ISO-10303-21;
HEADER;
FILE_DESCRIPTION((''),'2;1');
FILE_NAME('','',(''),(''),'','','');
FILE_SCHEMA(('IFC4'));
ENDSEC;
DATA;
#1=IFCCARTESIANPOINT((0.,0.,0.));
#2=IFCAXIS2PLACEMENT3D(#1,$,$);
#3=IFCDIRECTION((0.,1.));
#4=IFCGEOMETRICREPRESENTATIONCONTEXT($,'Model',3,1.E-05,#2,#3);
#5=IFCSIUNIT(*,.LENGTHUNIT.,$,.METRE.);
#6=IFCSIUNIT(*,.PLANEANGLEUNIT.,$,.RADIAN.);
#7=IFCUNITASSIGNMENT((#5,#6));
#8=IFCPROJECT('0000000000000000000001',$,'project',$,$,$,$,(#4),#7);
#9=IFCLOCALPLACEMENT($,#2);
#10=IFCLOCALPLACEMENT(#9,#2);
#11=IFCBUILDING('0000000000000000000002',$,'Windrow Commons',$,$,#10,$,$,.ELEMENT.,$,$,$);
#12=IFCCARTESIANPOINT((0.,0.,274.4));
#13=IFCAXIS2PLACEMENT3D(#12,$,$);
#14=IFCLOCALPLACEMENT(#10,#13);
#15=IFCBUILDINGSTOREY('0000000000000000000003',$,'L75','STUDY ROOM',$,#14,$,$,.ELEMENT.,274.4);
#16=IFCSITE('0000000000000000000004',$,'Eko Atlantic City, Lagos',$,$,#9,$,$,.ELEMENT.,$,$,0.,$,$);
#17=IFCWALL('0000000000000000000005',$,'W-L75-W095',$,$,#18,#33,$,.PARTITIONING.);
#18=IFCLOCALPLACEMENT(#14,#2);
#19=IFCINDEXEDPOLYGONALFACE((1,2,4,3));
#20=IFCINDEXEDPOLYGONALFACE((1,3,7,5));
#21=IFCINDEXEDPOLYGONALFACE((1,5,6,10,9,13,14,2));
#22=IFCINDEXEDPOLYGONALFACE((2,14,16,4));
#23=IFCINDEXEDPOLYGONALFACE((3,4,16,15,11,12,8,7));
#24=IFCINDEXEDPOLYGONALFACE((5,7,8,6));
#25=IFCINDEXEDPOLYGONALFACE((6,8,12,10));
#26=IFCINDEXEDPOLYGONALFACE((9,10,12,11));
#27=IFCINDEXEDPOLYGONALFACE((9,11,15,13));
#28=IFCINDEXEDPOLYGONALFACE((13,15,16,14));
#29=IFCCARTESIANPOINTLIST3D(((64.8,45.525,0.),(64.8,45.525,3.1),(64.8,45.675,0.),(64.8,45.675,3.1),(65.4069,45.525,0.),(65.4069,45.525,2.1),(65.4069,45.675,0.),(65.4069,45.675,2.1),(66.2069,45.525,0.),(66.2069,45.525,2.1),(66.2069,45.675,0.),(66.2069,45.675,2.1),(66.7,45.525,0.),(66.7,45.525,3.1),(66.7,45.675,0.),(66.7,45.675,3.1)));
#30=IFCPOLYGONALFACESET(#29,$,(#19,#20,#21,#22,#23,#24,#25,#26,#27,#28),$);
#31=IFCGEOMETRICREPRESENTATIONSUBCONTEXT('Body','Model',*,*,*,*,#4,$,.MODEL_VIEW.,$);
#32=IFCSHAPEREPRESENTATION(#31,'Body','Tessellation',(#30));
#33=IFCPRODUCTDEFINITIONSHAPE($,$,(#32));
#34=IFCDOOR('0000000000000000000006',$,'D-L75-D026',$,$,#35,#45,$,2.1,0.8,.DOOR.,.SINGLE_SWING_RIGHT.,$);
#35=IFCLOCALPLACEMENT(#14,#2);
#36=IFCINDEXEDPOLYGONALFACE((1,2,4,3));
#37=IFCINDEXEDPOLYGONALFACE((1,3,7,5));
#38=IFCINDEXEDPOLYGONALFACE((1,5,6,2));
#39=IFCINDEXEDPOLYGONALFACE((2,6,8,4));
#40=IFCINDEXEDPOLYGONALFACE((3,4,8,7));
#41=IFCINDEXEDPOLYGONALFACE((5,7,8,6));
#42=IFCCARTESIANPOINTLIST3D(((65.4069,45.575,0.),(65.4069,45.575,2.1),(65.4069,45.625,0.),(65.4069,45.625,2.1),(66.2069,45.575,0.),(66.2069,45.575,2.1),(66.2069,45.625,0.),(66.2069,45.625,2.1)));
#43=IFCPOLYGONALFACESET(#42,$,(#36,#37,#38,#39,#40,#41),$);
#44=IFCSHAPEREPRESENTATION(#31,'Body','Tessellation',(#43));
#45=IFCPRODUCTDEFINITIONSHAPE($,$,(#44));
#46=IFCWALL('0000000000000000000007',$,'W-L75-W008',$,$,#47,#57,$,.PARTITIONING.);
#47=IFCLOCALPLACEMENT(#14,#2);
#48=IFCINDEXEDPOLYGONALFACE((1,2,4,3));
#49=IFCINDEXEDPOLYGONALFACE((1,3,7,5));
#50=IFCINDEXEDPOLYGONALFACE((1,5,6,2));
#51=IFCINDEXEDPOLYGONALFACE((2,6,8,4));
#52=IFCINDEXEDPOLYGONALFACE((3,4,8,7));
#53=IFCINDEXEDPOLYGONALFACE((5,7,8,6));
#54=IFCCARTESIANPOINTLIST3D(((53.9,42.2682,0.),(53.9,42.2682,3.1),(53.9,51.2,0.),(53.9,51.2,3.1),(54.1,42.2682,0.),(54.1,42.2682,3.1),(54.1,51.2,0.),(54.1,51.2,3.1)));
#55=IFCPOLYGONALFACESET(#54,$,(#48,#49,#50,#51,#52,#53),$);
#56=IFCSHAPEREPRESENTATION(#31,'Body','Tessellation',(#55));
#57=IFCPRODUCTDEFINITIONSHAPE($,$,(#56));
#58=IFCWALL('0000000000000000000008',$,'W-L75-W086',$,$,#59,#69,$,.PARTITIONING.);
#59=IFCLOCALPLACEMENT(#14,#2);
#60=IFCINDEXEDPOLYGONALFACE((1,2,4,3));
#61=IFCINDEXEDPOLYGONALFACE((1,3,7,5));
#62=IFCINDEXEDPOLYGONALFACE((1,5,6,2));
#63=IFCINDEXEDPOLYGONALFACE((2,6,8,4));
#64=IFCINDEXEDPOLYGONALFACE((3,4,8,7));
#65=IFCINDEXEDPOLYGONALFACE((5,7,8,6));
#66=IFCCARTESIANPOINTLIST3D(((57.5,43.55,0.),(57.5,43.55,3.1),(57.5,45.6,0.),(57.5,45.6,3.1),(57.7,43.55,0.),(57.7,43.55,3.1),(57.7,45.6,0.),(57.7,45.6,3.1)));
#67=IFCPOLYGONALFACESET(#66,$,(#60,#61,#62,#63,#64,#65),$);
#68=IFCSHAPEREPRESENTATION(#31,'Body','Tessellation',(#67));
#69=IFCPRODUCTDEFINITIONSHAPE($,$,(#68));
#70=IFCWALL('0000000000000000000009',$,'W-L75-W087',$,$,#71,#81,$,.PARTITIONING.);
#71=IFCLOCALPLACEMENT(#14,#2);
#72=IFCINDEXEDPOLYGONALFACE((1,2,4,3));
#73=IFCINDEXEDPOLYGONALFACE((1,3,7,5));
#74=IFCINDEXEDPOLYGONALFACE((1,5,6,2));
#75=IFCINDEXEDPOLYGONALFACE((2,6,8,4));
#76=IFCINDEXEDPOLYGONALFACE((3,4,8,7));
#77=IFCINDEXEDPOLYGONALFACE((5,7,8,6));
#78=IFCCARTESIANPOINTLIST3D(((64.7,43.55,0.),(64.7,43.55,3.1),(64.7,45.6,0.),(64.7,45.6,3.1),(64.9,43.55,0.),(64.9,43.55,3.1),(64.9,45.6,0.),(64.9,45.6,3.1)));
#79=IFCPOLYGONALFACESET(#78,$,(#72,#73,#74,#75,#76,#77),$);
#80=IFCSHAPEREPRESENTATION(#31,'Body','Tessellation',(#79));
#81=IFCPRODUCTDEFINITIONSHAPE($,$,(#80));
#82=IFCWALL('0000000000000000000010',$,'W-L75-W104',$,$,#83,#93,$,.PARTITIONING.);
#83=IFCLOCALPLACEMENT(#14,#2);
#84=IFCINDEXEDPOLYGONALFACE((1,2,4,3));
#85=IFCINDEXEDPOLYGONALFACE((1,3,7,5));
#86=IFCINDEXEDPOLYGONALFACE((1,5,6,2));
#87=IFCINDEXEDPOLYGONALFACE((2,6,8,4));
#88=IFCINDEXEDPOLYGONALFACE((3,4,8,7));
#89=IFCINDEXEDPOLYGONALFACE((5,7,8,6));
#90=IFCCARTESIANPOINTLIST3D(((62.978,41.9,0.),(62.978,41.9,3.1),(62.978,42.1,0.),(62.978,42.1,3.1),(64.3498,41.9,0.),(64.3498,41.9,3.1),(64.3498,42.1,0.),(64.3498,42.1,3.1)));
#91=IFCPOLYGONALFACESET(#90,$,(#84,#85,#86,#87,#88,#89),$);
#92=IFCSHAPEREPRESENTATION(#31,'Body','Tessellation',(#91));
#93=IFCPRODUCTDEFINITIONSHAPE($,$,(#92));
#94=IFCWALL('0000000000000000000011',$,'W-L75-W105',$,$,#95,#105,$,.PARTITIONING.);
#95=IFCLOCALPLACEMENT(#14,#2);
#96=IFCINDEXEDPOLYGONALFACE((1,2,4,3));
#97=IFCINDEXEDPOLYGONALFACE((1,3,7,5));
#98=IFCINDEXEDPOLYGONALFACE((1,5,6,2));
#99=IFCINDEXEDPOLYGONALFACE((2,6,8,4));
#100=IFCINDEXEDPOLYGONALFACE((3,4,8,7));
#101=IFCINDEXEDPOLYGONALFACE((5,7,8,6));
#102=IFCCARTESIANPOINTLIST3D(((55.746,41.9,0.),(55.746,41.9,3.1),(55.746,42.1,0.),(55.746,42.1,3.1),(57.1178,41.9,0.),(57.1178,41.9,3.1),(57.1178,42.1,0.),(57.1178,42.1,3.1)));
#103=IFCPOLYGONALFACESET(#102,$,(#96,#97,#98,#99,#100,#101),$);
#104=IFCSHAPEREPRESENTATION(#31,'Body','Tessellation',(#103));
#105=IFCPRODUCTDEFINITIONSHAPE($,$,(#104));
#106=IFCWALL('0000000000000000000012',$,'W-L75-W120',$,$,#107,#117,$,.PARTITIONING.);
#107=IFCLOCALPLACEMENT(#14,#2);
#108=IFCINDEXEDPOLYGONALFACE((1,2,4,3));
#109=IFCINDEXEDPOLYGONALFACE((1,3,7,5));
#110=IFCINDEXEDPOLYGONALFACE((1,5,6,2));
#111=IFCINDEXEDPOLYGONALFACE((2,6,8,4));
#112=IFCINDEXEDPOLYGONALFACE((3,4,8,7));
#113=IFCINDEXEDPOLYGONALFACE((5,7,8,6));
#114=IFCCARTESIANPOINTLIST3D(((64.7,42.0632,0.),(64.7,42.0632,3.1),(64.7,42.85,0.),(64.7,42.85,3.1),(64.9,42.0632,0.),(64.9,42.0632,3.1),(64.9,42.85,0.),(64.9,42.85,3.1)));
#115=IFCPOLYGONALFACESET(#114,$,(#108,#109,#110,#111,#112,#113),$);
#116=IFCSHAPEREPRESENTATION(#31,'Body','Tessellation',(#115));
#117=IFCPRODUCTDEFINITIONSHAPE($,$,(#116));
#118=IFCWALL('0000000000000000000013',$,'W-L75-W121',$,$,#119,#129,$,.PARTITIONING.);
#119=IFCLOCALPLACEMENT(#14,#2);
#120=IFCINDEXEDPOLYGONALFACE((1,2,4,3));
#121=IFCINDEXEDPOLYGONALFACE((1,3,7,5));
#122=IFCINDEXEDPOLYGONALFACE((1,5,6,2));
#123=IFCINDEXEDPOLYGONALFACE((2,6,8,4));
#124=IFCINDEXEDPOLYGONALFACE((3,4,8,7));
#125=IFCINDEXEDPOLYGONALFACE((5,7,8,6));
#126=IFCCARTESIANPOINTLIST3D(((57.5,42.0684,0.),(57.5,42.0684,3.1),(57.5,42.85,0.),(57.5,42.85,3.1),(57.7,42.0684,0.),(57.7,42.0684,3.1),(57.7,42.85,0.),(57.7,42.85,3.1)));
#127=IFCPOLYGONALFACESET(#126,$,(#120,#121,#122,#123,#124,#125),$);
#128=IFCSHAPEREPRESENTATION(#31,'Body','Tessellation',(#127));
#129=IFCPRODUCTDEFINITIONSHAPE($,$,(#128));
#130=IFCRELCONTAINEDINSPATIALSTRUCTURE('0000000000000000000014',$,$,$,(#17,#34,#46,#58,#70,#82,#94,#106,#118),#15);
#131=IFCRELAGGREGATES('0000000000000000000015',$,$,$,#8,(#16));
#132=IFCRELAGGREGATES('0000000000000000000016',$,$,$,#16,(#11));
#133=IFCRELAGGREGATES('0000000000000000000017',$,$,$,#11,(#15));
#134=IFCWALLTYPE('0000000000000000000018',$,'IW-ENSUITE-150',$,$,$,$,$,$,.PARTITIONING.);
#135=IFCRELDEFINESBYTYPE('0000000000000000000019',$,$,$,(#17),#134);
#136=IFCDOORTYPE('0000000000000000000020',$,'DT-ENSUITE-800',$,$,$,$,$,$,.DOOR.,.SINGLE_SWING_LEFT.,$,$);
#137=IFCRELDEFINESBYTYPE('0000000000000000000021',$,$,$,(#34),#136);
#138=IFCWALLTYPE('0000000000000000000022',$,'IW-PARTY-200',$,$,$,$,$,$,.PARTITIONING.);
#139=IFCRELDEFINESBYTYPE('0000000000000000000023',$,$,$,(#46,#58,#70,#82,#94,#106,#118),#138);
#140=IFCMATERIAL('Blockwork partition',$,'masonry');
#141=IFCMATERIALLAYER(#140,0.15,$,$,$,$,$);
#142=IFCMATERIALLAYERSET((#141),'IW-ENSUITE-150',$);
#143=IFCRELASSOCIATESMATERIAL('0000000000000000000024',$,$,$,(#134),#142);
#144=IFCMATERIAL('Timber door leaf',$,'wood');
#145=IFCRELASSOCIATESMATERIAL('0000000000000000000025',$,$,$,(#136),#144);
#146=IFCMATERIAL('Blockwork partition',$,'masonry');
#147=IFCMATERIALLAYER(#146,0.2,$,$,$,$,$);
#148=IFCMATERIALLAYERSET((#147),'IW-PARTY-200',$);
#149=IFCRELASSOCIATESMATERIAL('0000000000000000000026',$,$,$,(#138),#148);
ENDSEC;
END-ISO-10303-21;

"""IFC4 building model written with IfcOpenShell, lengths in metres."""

from ifc_helpers import new_model, si_unit, direction, frame, frame_2d, origin, place, context, subcontext, project, spatial, rectangle, extrude, material, layer, layer_set, type_object, element, fill, save


model = new_model("IFC4")

# Units and contexts
model_context = context("Model", 3, precision=1e-05, world=origin(), true_north=direction((0.0, 1.0)))
body_context = subcontext(model_context, "Body", "Model", "MODEL_VIEW")
ifc_project = project(units=[si_unit("LENGTHUNIT", "METRE"), si_unit("PLANEANGLEUNIT", "RADIAN")], contexts=[model_context])

# Site, building, storey
site_placement = place(None, origin())
site = spatial("IfcSite", under=ifc_project, at=site_placement, Name="Eko Atlantic City, Lagos", CompositionType="ELEMENT", RefElevation=0.0)
building_placement = place(site_placement, origin())
building = spatial("IfcBuilding", under=site, at=building_placement, Name="Windrow Commons", CompositionType="ELEMENT")
storey_placement = place(building_placement, frame((0.0, 0.0, 274.4)))
storey = spatial("IfcBuildingStorey", under=building, at=storey_placement, Name="L75", Description="STUDY ROOM", CompositionType="ELEMENT", Elevation=274.4)

# Shared definitions
ifc_material_1 = material(Name="Blockwork partition", Category="masonry")
ifc_layer_1 = layer(ifc_material_1, 0.15)
ifc_layer_set_1 = layer_set([ifc_layer_1], Name="IW-ENSUITE-150")
wall_type_1 = type_object("IfcWallType", Name="IW-ENSUITE-150", PredefinedType="PARTITIONING", material=ifc_layer_set_1)
ifc_material_2 = material(Name="Timber door leaf", Category="wood")
door_type_1 = type_object("IfcDoorType", Name="DT-ENSUITE-800", OperationType="SINGLE_SWING_LEFT", PredefinedType="DOOR", material=ifc_material_2)

# Wall, opening, door
wall_1_placement = place(storey_placement, frame((64.8, 45.6, 0.0), z_axis=(0.0, 0.0, 1.0), x_axis=(1.0, 0.0, 0.0)))
wall_1 = element("IfcWall", 1, at=wall_1_placement, inside=storey, type_object=wall_type_1, Name="W-L75-W095", PredefinedType="PARTITIONING", context=body_context, shape_type="SweptSolid", body=[
    extrude(rectangle(XDim=1.9, YDim=0.15, at=frame_2d((0.95, 0.0))), origin(), (0.0, 0.0, 1.0), 3.1),
])
opening_1_placement = place(wall_1_placement, frame((0.6069, 0.0, 0.0)))
opening_1 = element("IfcOpeningElement", 2, at=opening_1_placement, cuts=wall_1, PredefinedType="OPENING", context=body_context, shape_type="SweptSolid", body=[
    extrude(rectangle(XDim=0.8, YDim=2.1, at=frame_2d((0.4, 1.05))), frame((0.0, 0.085, 0.0), z_axis=(0.0, -1.0, 0.0), x_axis=(1.0, 0.0, 0.0)), (0.0, 0.0, 1.0), 0.17),
])
door_1_placement = place(opening_1_placement, origin())
door_1 = element("IfcDoor", 3, at=door_1_placement, inside=storey, type_object=door_type_1, Name="D-L75-D026", OperationType="SINGLE_SWING_RIGHT", OverallHeight=2.1, OverallWidth=0.8, PredefinedType="DOOR", context=body_context, shape_type="SweptSolid", body=[
    extrude(rectangle(XDim=0.8, YDim=2.1, at=frame_2d((0.4, 1.05))), frame((0.0, 0.025, 0.0), z_axis=(0.0, -1.0, 0.0), x_axis=(1.0, 0.0, 0.0)), (0.0, 0.0, 1.0), 0.05),
])
fill(opening_1, door_1)

# Walls
ifc_material_3 = material(Name="Blockwork partition", Category="masonry")
ifc_layer_2 = layer(ifc_material_3, 0.2)
ifc_layer_set_2 = layer_set([ifc_layer_2], Name="IW-PARTY-200")
wall_type_2 = type_object("IfcWallType", Name="IW-PARTY-200", PredefinedType="PARTITIONING", material=ifc_layer_set_2)
wall_2_placement = place(storey_placement, frame((54.0, 42.2683, 0.0), z_axis=(0.0, 0.0, 1.0), x_axis=(0.0, 1.0, 0.0)))
element("IfcWall", 4, at=wall_2_placement, inside=storey, type_object=wall_type_2, Name="W-L75-W008", PredefinedType="PARTITIONING", context=body_context, shape_type="SweptSolid", body=[
    extrude(rectangle(XDim=8.9317, YDim=0.2, at=frame_2d((4.4658, 0.0))), origin(), (0.0, 0.0, 1.0), 3.1),
])
for number, where, z_axis, x_axis, name in (
    (5, (57.6, 43.55, 0.0), (0.0, 0.0, 1.0), (0.0, 1.0, 0.0), "W-L75-W086"),
    (6, (64.8, 43.55, 0.0), (0.0, 0.0, 1.0), (0.0, 1.0, 0.0), "W-L75-W087"),
):
    element("IfcWall", number, at=place(storey_placement, frame(where, z_axis=z_axis, x_axis=x_axis)), inside=storey, type_object=wall_type_2, Name=name, PredefinedType="PARTITIONING", context=body_context, shape_type="SweptSolid", body=[
        extrude(rectangle(XDim=2.05, YDim=0.2, at=frame_2d((1.025, 0.0))), origin(), (0.0, 0.0, 1.0), 3.1),
    ])
for number, where, z_axis, x_axis, name in (
    (7, (62.9781, 42.0, 0.0), (0.0, 0.0, 1.0), (1.0, 0.0, 0.0), "W-L75-W104"),
    (8, (55.7461, 42.0, 0.0), (0.0, 0.0, 1.0), (1.0, 0.0, 0.0), "W-L75-W105"),
):
    element("IfcWall", number, at=place(storey_placement, frame(where, z_axis=z_axis, x_axis=x_axis)), inside=storey, type_object=wall_type_2, Name=name, PredefinedType="PARTITIONING", context=body_context, shape_type="SweptSolid", body=[
        extrude(rectangle(XDim=1.3717, YDim=0.2, at=frame_2d((0.6858, 0.0))), origin(), (0.0, 0.0, 1.0), 3.1),
    ])
wall_3_placement = place(storey_placement, frame((64.8, 42.0633, 0.0), z_axis=(0.0, 0.0, 1.0), x_axis=(0.0, 1.0, 0.0)))
element("IfcWall", 9, at=wall_3_placement, inside=storey, type_object=wall_type_2, Name="W-L75-W120", PredefinedType="PARTITIONING", context=body_context, shape_type="SweptSolid", body=[
    extrude(rectangle(XDim=0.7867, YDim=0.2, at=frame_2d((0.3933, 0.0))), origin(), (0.0, 0.0, 1.0), 3.1),
])
wall_4_placement = place(storey_placement, frame((57.6, 42.0684, 0.0), z_axis=(0.0, 0.0, 1.0), x_axis=(0.0, 1.0, 0.0)))
element("IfcWall", 10, at=wall_4_placement, inside=storey, type_object=wall_type_2, Name="W-L75-W121", PredefinedType="PARTITIONING", context=body_context, shape_type="SweptSolid", body=[
    extrude(rectangle(XDim=0.7816, YDim=0.2, at=frame_2d((0.3908, 0.0))), origin(), (0.0, 0.0, 1.0), 3.1),
])

save(model, "model.ifc")
